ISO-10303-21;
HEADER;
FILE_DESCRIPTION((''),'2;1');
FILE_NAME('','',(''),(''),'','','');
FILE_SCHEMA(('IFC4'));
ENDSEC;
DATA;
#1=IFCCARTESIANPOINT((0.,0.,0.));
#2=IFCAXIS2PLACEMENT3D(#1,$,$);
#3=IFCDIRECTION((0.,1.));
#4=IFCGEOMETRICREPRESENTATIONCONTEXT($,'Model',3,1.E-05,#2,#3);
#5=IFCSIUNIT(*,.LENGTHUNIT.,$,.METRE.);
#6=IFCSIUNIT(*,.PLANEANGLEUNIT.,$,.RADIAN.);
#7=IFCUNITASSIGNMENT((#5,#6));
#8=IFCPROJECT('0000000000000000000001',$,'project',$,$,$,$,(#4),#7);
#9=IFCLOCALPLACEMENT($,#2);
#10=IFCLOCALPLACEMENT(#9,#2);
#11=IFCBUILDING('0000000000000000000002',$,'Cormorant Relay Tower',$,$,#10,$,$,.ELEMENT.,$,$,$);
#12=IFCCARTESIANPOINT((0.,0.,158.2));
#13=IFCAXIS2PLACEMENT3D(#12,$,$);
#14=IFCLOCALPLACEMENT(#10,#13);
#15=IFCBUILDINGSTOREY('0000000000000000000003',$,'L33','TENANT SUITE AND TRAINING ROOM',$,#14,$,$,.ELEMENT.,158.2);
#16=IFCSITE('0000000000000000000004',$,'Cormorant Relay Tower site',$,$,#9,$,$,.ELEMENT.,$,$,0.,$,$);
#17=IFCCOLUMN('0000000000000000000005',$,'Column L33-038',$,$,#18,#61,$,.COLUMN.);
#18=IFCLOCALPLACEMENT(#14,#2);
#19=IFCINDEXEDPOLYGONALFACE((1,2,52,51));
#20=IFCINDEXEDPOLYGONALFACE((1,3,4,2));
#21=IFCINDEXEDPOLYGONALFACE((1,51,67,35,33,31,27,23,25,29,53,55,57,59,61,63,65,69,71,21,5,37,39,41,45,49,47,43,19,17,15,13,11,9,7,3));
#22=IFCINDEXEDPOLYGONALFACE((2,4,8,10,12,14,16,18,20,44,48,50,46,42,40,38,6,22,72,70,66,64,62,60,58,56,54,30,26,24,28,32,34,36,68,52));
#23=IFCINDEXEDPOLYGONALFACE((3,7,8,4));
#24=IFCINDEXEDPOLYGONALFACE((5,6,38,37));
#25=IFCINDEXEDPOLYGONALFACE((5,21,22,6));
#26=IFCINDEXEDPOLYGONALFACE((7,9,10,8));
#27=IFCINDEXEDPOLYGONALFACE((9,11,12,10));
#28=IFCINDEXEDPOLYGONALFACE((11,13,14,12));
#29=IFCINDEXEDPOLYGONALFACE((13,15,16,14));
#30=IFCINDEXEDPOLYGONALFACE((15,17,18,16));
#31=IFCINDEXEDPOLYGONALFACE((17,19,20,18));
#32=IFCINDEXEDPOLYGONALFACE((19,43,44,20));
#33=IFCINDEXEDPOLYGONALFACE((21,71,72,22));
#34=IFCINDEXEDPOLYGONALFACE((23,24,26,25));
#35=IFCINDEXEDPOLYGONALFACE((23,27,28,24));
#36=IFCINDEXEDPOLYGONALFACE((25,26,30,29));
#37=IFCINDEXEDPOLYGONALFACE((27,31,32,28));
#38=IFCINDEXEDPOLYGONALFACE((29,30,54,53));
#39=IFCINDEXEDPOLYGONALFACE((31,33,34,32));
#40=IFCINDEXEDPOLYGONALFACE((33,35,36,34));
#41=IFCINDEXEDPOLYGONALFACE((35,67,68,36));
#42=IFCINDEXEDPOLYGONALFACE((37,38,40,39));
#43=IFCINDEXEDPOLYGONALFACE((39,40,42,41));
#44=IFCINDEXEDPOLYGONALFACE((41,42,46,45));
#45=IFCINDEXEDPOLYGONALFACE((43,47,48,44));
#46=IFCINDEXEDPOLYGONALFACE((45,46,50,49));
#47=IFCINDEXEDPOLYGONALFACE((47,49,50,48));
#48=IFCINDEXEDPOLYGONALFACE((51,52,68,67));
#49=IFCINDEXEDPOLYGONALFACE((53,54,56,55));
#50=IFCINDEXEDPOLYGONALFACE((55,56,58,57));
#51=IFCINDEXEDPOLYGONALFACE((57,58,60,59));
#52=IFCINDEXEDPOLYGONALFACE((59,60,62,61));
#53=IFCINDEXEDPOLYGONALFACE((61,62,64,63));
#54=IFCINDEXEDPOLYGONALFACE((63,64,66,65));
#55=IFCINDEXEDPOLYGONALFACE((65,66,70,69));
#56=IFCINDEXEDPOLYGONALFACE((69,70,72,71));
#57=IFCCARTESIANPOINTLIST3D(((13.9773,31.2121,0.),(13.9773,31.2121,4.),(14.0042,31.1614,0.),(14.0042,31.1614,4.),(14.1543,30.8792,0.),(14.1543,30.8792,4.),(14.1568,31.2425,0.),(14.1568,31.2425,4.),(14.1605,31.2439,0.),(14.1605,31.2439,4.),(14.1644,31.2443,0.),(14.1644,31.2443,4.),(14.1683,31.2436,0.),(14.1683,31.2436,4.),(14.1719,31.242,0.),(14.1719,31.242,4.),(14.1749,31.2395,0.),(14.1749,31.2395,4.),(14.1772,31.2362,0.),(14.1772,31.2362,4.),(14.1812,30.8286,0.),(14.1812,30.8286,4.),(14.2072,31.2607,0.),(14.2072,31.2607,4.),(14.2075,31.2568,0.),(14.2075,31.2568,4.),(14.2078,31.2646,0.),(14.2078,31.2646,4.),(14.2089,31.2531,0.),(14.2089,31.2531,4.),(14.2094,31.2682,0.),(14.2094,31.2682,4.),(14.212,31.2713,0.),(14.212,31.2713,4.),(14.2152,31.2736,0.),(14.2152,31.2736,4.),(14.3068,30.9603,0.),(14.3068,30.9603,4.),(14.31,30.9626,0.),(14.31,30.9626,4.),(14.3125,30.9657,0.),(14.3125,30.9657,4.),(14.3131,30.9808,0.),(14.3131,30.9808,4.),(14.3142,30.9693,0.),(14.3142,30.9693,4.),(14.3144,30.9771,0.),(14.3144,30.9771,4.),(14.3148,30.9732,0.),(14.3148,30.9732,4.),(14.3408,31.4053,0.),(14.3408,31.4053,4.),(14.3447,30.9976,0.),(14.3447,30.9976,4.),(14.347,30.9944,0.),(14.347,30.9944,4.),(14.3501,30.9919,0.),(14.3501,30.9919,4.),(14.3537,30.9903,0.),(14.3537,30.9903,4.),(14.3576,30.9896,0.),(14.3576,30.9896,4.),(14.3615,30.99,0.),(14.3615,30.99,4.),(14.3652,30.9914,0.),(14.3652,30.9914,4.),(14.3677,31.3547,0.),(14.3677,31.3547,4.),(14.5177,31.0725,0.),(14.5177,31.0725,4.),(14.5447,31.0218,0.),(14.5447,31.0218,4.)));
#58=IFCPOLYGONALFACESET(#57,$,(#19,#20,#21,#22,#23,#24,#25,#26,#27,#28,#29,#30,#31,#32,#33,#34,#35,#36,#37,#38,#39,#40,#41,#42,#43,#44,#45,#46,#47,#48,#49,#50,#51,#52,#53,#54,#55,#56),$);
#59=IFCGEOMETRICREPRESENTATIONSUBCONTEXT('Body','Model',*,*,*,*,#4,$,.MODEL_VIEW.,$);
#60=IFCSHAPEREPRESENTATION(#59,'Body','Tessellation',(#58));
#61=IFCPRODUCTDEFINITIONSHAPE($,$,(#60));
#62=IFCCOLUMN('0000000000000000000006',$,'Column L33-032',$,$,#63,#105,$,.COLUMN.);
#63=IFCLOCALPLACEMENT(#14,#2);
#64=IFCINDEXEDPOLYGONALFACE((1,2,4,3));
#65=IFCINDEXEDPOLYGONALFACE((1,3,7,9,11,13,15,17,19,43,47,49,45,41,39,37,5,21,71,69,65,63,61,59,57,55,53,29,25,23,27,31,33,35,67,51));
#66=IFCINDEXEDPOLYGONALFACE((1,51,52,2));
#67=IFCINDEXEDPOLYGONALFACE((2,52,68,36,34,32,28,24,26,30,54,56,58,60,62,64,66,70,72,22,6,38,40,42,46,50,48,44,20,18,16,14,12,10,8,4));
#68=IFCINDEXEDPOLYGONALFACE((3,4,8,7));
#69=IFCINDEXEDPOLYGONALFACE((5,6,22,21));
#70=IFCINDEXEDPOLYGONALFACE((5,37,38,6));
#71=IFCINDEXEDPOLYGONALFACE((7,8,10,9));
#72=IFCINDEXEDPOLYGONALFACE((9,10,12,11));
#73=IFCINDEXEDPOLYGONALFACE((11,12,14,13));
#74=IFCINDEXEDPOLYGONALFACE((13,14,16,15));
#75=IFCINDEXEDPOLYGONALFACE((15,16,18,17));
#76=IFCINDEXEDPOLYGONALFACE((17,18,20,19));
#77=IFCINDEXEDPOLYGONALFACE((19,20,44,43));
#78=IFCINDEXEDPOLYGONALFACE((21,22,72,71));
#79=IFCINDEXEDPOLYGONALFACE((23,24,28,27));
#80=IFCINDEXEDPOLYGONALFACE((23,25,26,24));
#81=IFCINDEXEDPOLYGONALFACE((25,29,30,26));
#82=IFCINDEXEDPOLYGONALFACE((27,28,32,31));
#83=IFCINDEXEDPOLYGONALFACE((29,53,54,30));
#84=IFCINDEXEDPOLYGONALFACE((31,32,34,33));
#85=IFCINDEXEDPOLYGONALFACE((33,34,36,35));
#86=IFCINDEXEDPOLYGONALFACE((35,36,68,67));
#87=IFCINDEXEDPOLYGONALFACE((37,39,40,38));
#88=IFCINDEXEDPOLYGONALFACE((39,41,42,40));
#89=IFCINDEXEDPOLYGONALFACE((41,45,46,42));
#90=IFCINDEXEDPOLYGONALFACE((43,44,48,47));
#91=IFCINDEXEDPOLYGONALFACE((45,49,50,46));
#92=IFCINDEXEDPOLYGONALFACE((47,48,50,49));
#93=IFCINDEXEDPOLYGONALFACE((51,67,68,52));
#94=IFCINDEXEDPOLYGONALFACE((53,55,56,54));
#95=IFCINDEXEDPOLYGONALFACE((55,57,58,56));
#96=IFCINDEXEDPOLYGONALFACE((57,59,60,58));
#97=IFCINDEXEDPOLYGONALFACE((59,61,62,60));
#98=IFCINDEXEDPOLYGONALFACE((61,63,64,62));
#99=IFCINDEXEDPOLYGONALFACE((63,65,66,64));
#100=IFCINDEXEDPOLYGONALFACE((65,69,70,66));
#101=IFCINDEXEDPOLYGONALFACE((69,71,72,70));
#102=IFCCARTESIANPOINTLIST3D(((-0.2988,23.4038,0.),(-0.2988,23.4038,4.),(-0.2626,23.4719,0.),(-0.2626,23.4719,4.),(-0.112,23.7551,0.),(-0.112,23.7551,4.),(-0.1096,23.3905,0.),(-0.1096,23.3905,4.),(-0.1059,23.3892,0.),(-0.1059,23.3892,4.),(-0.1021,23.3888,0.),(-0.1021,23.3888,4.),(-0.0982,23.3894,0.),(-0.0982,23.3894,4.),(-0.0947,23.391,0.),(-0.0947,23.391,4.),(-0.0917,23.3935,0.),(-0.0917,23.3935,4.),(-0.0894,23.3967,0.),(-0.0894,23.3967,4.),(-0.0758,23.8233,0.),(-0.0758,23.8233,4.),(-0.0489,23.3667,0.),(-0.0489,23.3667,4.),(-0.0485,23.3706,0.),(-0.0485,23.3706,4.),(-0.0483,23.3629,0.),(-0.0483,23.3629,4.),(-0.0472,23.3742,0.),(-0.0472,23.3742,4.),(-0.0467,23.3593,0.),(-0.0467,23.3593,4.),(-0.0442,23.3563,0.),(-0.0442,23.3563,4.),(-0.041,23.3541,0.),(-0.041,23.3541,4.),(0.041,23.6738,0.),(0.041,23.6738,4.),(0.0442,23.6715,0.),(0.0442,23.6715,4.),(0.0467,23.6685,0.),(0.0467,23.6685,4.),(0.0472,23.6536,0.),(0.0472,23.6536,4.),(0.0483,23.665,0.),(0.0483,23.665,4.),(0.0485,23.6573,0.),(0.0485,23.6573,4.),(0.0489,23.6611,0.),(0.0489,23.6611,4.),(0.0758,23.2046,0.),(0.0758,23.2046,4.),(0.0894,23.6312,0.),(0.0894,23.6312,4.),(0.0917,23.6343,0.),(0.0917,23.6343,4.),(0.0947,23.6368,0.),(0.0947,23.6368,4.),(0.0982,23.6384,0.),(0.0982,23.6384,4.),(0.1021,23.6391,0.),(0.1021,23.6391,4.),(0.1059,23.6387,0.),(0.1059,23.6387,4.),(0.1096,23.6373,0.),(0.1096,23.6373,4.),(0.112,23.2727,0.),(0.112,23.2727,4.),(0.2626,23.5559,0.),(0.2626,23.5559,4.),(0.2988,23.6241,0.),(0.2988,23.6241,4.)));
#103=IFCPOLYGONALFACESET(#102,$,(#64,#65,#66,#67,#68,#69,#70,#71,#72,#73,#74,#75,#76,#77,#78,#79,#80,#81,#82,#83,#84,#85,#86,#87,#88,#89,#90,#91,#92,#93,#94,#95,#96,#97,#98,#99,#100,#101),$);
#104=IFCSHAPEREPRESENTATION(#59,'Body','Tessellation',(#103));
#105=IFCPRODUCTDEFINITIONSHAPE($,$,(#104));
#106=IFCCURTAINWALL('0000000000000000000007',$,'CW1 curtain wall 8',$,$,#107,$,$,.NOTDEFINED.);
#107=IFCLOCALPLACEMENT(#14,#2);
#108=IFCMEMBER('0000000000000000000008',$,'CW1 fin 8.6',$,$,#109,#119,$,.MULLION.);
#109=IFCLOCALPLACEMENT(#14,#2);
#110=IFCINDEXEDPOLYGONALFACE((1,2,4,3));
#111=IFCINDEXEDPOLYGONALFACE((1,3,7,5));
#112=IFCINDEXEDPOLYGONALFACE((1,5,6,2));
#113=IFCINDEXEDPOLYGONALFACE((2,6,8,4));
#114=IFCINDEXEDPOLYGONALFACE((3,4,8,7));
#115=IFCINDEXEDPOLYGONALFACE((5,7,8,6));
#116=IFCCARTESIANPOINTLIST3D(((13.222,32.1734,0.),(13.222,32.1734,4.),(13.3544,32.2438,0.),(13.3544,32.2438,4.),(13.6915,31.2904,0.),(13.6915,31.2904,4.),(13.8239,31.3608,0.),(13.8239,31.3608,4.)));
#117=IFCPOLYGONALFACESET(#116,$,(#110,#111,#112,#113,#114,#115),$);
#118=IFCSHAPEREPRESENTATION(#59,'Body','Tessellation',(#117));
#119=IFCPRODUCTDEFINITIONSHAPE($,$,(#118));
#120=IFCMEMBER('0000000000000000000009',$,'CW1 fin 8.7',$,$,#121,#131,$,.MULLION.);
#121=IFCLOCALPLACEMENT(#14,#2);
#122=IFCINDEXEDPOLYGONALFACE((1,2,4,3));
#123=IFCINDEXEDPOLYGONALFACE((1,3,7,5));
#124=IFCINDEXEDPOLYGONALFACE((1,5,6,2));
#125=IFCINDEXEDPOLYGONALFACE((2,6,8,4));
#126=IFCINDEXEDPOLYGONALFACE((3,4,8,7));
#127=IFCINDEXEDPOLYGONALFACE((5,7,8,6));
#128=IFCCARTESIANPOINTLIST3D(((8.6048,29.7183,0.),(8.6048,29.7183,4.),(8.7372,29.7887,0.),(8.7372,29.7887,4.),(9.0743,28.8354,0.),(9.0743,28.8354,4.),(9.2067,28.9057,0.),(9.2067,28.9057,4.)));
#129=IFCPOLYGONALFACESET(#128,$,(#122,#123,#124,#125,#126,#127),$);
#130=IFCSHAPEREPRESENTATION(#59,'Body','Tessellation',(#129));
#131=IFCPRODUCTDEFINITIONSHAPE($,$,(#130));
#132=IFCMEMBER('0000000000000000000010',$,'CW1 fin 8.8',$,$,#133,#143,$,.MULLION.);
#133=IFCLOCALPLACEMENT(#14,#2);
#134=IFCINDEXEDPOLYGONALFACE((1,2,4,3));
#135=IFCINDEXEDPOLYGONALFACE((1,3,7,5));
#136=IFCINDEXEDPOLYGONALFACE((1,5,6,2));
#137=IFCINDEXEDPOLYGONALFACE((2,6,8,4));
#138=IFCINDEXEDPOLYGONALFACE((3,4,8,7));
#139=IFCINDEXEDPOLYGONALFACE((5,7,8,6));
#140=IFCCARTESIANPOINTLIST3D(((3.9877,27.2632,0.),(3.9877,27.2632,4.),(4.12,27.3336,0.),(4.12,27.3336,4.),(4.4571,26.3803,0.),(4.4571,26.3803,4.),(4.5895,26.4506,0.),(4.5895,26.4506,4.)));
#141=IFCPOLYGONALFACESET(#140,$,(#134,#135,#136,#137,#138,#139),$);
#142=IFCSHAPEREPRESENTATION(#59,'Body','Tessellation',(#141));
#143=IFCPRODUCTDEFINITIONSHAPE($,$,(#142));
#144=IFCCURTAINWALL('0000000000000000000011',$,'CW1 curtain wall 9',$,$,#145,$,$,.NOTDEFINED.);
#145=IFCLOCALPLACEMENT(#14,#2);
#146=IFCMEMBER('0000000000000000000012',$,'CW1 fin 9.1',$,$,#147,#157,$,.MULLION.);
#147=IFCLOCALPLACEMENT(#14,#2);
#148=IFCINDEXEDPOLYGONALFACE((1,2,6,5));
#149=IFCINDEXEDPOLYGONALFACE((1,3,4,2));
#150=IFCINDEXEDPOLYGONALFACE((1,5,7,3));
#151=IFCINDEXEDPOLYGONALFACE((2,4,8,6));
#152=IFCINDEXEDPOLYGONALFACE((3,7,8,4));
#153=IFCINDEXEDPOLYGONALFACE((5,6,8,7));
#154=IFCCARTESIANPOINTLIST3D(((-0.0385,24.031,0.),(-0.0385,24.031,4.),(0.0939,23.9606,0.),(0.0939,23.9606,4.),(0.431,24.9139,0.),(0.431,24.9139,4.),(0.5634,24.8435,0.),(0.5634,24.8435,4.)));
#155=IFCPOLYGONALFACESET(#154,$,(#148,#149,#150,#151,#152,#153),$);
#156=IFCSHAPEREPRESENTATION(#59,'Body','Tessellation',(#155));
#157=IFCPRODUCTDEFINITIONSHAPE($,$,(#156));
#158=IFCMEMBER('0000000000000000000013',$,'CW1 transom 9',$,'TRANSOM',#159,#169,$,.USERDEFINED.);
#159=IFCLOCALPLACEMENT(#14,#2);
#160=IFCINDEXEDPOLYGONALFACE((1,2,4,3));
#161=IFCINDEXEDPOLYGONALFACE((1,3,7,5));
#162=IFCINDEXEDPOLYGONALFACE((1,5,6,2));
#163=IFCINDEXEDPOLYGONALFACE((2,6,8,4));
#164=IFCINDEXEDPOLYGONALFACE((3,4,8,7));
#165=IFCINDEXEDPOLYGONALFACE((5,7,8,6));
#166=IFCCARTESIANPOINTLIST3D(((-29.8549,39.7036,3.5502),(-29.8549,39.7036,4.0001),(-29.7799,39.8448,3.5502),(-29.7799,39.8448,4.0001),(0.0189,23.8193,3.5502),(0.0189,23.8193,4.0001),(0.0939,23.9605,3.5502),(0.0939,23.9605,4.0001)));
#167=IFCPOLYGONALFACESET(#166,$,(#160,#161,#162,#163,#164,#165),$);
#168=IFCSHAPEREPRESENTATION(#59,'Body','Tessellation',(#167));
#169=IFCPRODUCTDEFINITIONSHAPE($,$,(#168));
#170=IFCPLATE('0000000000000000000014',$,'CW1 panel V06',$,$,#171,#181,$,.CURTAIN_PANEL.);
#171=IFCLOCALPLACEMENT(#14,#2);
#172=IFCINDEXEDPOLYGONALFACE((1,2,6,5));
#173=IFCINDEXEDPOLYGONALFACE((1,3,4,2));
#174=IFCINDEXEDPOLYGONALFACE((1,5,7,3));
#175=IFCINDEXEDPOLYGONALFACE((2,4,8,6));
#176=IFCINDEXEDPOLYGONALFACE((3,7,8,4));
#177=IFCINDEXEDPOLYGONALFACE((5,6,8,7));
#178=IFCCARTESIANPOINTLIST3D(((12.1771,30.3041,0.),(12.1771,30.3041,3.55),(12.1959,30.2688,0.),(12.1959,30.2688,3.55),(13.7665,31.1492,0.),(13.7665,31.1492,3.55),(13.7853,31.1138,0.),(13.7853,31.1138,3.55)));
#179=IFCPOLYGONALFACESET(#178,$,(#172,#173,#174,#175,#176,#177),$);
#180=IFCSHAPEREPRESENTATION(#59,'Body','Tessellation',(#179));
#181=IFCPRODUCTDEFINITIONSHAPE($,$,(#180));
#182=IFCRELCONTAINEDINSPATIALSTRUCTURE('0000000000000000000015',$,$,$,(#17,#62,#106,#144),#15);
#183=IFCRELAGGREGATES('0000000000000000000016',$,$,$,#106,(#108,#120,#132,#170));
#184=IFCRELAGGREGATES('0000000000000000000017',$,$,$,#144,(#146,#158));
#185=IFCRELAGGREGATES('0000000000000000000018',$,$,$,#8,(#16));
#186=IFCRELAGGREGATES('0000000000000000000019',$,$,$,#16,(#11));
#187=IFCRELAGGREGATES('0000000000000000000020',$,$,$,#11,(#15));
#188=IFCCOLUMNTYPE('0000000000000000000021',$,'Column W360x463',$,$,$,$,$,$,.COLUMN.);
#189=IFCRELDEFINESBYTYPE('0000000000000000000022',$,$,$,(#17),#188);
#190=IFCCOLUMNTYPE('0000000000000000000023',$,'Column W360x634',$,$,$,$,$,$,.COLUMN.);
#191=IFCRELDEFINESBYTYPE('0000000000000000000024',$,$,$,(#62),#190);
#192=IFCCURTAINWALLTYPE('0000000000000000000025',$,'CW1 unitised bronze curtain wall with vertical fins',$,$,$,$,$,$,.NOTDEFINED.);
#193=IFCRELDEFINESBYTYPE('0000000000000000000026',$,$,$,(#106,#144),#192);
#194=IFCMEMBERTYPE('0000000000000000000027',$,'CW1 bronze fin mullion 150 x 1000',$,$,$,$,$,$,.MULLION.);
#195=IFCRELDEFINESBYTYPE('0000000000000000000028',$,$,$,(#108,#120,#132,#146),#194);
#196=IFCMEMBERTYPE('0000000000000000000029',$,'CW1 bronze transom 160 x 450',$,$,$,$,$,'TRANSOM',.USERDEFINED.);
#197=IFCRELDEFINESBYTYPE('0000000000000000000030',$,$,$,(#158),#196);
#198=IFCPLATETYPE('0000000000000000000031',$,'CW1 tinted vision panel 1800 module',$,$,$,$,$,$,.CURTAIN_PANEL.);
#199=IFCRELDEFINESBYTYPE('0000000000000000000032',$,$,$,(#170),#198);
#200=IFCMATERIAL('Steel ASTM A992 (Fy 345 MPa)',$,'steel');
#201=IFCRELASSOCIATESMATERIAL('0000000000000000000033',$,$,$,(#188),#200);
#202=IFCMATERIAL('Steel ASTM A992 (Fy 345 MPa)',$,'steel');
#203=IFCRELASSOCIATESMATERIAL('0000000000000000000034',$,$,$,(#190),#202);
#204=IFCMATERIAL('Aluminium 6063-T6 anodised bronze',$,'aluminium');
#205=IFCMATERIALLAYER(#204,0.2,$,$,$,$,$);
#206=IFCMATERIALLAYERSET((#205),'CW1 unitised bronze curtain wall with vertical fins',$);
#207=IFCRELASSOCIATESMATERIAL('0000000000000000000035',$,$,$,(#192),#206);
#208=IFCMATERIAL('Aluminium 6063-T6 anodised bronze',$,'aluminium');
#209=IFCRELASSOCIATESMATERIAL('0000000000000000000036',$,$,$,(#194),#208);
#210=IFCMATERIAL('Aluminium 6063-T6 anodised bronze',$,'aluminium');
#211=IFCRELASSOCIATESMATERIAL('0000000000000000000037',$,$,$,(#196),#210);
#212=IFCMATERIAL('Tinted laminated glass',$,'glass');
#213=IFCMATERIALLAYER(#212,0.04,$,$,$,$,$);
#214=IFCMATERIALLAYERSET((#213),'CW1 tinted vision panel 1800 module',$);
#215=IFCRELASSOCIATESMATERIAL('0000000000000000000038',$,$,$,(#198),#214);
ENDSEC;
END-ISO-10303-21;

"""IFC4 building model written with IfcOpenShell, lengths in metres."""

from ifc_helpers import new_model, si_unit, direction, frame, origin, origin_2d, place, context, subcontext, project, spatial, rectangle, i_section, extrude, material, layer, layer_set, material_profile, profile_set, type_object, element, aggregate, save


model = new_model("IFC4")

# Units and contexts
model_context = context("Model", 3, precision=1e-05, world=origin(), true_north=direction((0.0, 1.0)))
body_context = subcontext(model_context, "Body", "Model", "MODEL_VIEW")
ifc_project = project(units=[si_unit("LENGTHUNIT", "METRE"), si_unit("PLANEANGLEUNIT", "RADIAN")], contexts=[model_context])

# Site, building, storey
site_placement = place(None, origin())
site = spatial("IfcSite", under=ifc_project, at=site_placement, Name="Cormorant Relay Tower site", CompositionType="ELEMENT", RefElevation=0.0)
building_placement = place(site_placement, origin())
building = spatial("IfcBuilding", under=site, at=building_placement, Name="Cormorant Relay Tower", CompositionType="ELEMENT")
storey_placement = place(building_placement, frame((0.0, 0.0, 158.2)))
storey = spatial("IfcBuildingStorey", under=building, at=storey_placement, Name="L33", Description="TENANT SUITE AND TRAINING ROOM", CompositionType="ELEMENT", Elevation=158.2)

# Columns
ifc_material_1 = material(Name="Steel ASTM A992 (Fy 345 MPa)", Category="steel")
ifc_material_profile_1 = material_profile(ifc_material_1, i_section(OverallWidth=0.4116, OverallDepth=0.4343, WebThickness=0.0359, FlangeThickness=0.0574, FilletRadius=0.0151, at=origin_2d()), Name="W360x463")
ifc_profile_set_1 = profile_set([ifc_material_profile_1], Name="Steel ASTM A992 (Fy 345 MPa)")
column_type_1 = type_object("IfcColumnType", Name="Column W360x463", PredefinedType="COLUMN", material=ifc_profile_set_1)
for number, where, z_axis, x_axis, name in (
    (1, (14.261, 31.1169, 0.0), (0.0, 0.0, 1.0), (-0.882948, -0.469472, 0.0), "Column L33-038"),
):
    element("IfcColumn", number, at=place(storey_placement, frame(where, z_axis=z_axis, x_axis=x_axis)), inside=storey, type_object=column_type_1, Name=name, PredefinedType="COLUMN", context=body_context, shape_type="SweptSolid", body=[
        extrude(i_section(OverallWidth=0.4116, OverallDepth=0.4343, WebThickness=0.0359, FlangeThickness=0.0574, FilletRadius=0.0151, at=origin_2d()), origin(), (0.0, 0.0, 1.0), 4.0),
    ])
ifc_material_2 = material(Name="Steel ASTM A992 (Fy 345 MPa)", Category="steel")
ifc_material_profile_2 = material_profile(ifc_material_2, i_section(OverallWidth=0.4243, OverallDepth=0.4751, WebThickness=0.0479, FlangeThickness=0.0771, FilletRadius=0.0149, at=origin_2d()), Name="W360x634")
ifc_profile_set_2 = profile_set([ifc_material_profile_2], Name="Steel ASTM A992 (Fy 345 MPa)")
column_type_2 = type_object("IfcColumnType", Name="Column W360x634", PredefinedType="COLUMN", material=ifc_profile_set_2)
column_placement = place(storey_placement, frame((0.0, 23.5139, 0.0), z_axis=(0.0, 0.0, 1.0), x_axis=(-0.882948, 0.469472, 0.0)))
element("IfcColumn", 2, at=column_placement, inside=storey, type_object=column_type_2, Name="Column L33-032", PredefinedType="COLUMN", context=body_context, shape_type="SweptSolid", body=[
    extrude(i_section(OverallWidth=0.4243, OverallDepth=0.4751, WebThickness=0.0479, FlangeThickness=0.0771, FilletRadius=0.0149, at=origin_2d()), origin(), (0.0, 0.0, 1.0), 4.0),
])

# Curtain walls, members
ifc_material_3 = material(Name="Aluminium 6063-T6 anodised bronze", Category="aluminium")
ifc_layer_1 = layer(ifc_material_3, 0.2)
ifc_layer_set_1 = layer_set([ifc_layer_1], Name="CW1 unitised bronze curtain wall with vertical fins")
curtain_wall_type = type_object("IfcCurtainWallType", Name="CW1 unitised bronze curtain wall with vertical fins", PredefinedType="NOTDEFINED", material=ifc_layer_set_1)
curtain_wall_1_placement = place(storey_placement, origin())
curtain_wall_1 = element("IfcCurtainWall", 3, at=curtain_wall_1_placement, inside=storey, type_object=curtain_wall_type, Name="CW1 curtain wall 8", PredefinedType="NOTDEFINED")
ifc_material_4 = material(Name="Aluminium 6063-T6 anodised bronze", Category="aluminium")
ifc_material_profile_3 = material_profile(ifc_material_4, rectangle(XDim=0.1499, YDim=1.0, at=origin_2d()), Name="AL 150x1000")
ifc_profile_set_3 = profile_set([ifc_material_profile_3], Name="Aluminium 6063-T6 anodised bronze")
member_type_1 = type_object("IfcMemberType", Name="CW1 bronze fin mullion 150 x 1000", PredefinedType="MULLION", material=ifc_profile_set_3)
member_1_placement = place(storey_placement, frame((13.5229, 31.7671, 0.0), z_axis=(0.0, 0.0, 1.0), x_axis=(-0.882948, -0.469472, 0.0)))
member_1 = element("IfcMember", 4, at=member_1_placement, type_object=member_type_1, Name="CW1 fin 8.6", PredefinedType="MULLION", context=body_context, shape_type="SweptSolid", body=[
    extrude(rectangle(XDim=0.1499, YDim=1.0, at=origin_2d()), origin(), (0.0, 0.0, 1.0), 4.0),
])
member_2_placement = place(storey_placement, frame((8.9058, 29.312, 0.0), z_axis=(0.0, 0.0, 1.0), x_axis=(-0.882948, -0.469472, 0.0)))
member_2 = element("IfcMember", 5, at=member_2_placement, type_object=member_type_1, Name="CW1 fin 8.7", PredefinedType="MULLION", context=body_context, shape_type="SweptSolid", body=[
    extrude(rectangle(XDim=0.1499, YDim=1.0, at=origin_2d()), origin(), (0.0, 0.0, 1.0), 4.0),
])
member_3_placement = place(storey_placement, frame((4.2886, 26.8569, 0.0), z_axis=(0.0, 0.0, 1.0), x_axis=(-0.882948, -0.469472, 0.0)))
member_3 = element("IfcMember", 6, at=member_3_placement, type_object=member_type_1, Name="CW1 fin 8.8", PredefinedType="MULLION", context=body_context, shape_type="SweptSolid", body=[
    extrude(rectangle(XDim=0.1499, YDim=1.0, at=origin_2d()), origin(), (0.0, 0.0, 1.0), 4.0),
])
curtain_wall_2_placement = place(storey_placement, origin())
curtain_wall_2 = element("IfcCurtainWall", 7, at=curtain_wall_2_placement, inside=storey, type_object=curtain_wall_type, Name="CW1 curtain wall 9", PredefinedType="NOTDEFINED")
member_4_placement = place(storey_placement, frame((0.2625, 24.4373, 0.0), z_axis=(0.0, 0.0, 1.0), x_axis=(-0.882948, 0.469472, 0.0)))
member_4 = element("IfcMember", 8, at=member_4_placement, type_object=member_type_1, Name="CW1 fin 9.1", PredefinedType="MULLION", context=body_context, shape_type="SweptSolid", body=[
    extrude(rectangle(XDim=0.1499, YDim=1.0, at=origin_2d()), origin(), (0.0, 0.0, 1.0), 4.0),
])
ifc_material_5 = material(Name="Aluminium 6063-T6 anodised bronze", Category="aluminium")
ifc_material_profile_4 = material_profile(ifc_material_5, rectangle(XDim=0.1599, YDim=0.45, at=origin_2d()), Name="AL 160x450")
ifc_profile_set_4 = profile_set([ifc_material_profile_4], Name="Aluminium 6063-T6 anodised bronze")
member_type_2 = type_object("IfcMemberType", Name="CW1 bronze transom 160 x 450", ElementType="TRANSOM", PredefinedType="USERDEFINED", material=ifc_profile_set_4)
member_5_placement = place(storey_placement, frame((0.0564, 23.8899, 3.7751), z_axis=(-0.882946, 0.469474, 0.0), x_axis=(-0.469474, -0.882946, 0.0)))
member_5 = element("IfcMember", 9, at=member_5_placement, type_object=member_type_2, Name="CW1 transom 9", ObjectType="TRANSOM", PredefinedType="USERDEFINED", context=body_context, shape_type="SweptSolid", body=[
    extrude(rectangle(XDim=0.1599, YDim=0.45, at=origin_2d()), origin(), (0.0, 0.0, 1.0), 33.8342),
])

# Plate
ifc_material_6 = material(Name="Tinted laminated glass", Category="glass")
ifc_layer_2 = layer(ifc_material_6, 0.04)
ifc_layer_set_2 = layer_set([ifc_layer_2], Name="CW1 tinted vision panel 1800 module")
plate_type = type_object("IfcPlateType", Name="CW1 tinted vision panel 1800 module", PredefinedType="CURTAIN_PANEL", material=ifc_layer_set_2)
plate_1_placement = place(storey_placement, frame((12.9812, 30.709, 0.0), z_axis=(0.0, 0.0, 1.0), x_axis=(-0.882948, -0.469472, 0.0)))
plate_1 = element("IfcPlate", 10, at=plate_1_placement, type_object=plate_type, Name="CW1 panel V06", PredefinedType="CURTAIN_PANEL", context=body_context, shape_type="SweptSolid", body=[
    extrude(rectangle(XDim=1.8, YDim=0.04, at=origin_2d()), origin(), (0.0, 0.0, 1.0), 3.55),
])

aggregate(curtain_wall_1, [member_1, member_2, member_3, plate_1])
aggregate(curtain_wall_2, [member_4, member_5])

save(model, "model.ifc")
